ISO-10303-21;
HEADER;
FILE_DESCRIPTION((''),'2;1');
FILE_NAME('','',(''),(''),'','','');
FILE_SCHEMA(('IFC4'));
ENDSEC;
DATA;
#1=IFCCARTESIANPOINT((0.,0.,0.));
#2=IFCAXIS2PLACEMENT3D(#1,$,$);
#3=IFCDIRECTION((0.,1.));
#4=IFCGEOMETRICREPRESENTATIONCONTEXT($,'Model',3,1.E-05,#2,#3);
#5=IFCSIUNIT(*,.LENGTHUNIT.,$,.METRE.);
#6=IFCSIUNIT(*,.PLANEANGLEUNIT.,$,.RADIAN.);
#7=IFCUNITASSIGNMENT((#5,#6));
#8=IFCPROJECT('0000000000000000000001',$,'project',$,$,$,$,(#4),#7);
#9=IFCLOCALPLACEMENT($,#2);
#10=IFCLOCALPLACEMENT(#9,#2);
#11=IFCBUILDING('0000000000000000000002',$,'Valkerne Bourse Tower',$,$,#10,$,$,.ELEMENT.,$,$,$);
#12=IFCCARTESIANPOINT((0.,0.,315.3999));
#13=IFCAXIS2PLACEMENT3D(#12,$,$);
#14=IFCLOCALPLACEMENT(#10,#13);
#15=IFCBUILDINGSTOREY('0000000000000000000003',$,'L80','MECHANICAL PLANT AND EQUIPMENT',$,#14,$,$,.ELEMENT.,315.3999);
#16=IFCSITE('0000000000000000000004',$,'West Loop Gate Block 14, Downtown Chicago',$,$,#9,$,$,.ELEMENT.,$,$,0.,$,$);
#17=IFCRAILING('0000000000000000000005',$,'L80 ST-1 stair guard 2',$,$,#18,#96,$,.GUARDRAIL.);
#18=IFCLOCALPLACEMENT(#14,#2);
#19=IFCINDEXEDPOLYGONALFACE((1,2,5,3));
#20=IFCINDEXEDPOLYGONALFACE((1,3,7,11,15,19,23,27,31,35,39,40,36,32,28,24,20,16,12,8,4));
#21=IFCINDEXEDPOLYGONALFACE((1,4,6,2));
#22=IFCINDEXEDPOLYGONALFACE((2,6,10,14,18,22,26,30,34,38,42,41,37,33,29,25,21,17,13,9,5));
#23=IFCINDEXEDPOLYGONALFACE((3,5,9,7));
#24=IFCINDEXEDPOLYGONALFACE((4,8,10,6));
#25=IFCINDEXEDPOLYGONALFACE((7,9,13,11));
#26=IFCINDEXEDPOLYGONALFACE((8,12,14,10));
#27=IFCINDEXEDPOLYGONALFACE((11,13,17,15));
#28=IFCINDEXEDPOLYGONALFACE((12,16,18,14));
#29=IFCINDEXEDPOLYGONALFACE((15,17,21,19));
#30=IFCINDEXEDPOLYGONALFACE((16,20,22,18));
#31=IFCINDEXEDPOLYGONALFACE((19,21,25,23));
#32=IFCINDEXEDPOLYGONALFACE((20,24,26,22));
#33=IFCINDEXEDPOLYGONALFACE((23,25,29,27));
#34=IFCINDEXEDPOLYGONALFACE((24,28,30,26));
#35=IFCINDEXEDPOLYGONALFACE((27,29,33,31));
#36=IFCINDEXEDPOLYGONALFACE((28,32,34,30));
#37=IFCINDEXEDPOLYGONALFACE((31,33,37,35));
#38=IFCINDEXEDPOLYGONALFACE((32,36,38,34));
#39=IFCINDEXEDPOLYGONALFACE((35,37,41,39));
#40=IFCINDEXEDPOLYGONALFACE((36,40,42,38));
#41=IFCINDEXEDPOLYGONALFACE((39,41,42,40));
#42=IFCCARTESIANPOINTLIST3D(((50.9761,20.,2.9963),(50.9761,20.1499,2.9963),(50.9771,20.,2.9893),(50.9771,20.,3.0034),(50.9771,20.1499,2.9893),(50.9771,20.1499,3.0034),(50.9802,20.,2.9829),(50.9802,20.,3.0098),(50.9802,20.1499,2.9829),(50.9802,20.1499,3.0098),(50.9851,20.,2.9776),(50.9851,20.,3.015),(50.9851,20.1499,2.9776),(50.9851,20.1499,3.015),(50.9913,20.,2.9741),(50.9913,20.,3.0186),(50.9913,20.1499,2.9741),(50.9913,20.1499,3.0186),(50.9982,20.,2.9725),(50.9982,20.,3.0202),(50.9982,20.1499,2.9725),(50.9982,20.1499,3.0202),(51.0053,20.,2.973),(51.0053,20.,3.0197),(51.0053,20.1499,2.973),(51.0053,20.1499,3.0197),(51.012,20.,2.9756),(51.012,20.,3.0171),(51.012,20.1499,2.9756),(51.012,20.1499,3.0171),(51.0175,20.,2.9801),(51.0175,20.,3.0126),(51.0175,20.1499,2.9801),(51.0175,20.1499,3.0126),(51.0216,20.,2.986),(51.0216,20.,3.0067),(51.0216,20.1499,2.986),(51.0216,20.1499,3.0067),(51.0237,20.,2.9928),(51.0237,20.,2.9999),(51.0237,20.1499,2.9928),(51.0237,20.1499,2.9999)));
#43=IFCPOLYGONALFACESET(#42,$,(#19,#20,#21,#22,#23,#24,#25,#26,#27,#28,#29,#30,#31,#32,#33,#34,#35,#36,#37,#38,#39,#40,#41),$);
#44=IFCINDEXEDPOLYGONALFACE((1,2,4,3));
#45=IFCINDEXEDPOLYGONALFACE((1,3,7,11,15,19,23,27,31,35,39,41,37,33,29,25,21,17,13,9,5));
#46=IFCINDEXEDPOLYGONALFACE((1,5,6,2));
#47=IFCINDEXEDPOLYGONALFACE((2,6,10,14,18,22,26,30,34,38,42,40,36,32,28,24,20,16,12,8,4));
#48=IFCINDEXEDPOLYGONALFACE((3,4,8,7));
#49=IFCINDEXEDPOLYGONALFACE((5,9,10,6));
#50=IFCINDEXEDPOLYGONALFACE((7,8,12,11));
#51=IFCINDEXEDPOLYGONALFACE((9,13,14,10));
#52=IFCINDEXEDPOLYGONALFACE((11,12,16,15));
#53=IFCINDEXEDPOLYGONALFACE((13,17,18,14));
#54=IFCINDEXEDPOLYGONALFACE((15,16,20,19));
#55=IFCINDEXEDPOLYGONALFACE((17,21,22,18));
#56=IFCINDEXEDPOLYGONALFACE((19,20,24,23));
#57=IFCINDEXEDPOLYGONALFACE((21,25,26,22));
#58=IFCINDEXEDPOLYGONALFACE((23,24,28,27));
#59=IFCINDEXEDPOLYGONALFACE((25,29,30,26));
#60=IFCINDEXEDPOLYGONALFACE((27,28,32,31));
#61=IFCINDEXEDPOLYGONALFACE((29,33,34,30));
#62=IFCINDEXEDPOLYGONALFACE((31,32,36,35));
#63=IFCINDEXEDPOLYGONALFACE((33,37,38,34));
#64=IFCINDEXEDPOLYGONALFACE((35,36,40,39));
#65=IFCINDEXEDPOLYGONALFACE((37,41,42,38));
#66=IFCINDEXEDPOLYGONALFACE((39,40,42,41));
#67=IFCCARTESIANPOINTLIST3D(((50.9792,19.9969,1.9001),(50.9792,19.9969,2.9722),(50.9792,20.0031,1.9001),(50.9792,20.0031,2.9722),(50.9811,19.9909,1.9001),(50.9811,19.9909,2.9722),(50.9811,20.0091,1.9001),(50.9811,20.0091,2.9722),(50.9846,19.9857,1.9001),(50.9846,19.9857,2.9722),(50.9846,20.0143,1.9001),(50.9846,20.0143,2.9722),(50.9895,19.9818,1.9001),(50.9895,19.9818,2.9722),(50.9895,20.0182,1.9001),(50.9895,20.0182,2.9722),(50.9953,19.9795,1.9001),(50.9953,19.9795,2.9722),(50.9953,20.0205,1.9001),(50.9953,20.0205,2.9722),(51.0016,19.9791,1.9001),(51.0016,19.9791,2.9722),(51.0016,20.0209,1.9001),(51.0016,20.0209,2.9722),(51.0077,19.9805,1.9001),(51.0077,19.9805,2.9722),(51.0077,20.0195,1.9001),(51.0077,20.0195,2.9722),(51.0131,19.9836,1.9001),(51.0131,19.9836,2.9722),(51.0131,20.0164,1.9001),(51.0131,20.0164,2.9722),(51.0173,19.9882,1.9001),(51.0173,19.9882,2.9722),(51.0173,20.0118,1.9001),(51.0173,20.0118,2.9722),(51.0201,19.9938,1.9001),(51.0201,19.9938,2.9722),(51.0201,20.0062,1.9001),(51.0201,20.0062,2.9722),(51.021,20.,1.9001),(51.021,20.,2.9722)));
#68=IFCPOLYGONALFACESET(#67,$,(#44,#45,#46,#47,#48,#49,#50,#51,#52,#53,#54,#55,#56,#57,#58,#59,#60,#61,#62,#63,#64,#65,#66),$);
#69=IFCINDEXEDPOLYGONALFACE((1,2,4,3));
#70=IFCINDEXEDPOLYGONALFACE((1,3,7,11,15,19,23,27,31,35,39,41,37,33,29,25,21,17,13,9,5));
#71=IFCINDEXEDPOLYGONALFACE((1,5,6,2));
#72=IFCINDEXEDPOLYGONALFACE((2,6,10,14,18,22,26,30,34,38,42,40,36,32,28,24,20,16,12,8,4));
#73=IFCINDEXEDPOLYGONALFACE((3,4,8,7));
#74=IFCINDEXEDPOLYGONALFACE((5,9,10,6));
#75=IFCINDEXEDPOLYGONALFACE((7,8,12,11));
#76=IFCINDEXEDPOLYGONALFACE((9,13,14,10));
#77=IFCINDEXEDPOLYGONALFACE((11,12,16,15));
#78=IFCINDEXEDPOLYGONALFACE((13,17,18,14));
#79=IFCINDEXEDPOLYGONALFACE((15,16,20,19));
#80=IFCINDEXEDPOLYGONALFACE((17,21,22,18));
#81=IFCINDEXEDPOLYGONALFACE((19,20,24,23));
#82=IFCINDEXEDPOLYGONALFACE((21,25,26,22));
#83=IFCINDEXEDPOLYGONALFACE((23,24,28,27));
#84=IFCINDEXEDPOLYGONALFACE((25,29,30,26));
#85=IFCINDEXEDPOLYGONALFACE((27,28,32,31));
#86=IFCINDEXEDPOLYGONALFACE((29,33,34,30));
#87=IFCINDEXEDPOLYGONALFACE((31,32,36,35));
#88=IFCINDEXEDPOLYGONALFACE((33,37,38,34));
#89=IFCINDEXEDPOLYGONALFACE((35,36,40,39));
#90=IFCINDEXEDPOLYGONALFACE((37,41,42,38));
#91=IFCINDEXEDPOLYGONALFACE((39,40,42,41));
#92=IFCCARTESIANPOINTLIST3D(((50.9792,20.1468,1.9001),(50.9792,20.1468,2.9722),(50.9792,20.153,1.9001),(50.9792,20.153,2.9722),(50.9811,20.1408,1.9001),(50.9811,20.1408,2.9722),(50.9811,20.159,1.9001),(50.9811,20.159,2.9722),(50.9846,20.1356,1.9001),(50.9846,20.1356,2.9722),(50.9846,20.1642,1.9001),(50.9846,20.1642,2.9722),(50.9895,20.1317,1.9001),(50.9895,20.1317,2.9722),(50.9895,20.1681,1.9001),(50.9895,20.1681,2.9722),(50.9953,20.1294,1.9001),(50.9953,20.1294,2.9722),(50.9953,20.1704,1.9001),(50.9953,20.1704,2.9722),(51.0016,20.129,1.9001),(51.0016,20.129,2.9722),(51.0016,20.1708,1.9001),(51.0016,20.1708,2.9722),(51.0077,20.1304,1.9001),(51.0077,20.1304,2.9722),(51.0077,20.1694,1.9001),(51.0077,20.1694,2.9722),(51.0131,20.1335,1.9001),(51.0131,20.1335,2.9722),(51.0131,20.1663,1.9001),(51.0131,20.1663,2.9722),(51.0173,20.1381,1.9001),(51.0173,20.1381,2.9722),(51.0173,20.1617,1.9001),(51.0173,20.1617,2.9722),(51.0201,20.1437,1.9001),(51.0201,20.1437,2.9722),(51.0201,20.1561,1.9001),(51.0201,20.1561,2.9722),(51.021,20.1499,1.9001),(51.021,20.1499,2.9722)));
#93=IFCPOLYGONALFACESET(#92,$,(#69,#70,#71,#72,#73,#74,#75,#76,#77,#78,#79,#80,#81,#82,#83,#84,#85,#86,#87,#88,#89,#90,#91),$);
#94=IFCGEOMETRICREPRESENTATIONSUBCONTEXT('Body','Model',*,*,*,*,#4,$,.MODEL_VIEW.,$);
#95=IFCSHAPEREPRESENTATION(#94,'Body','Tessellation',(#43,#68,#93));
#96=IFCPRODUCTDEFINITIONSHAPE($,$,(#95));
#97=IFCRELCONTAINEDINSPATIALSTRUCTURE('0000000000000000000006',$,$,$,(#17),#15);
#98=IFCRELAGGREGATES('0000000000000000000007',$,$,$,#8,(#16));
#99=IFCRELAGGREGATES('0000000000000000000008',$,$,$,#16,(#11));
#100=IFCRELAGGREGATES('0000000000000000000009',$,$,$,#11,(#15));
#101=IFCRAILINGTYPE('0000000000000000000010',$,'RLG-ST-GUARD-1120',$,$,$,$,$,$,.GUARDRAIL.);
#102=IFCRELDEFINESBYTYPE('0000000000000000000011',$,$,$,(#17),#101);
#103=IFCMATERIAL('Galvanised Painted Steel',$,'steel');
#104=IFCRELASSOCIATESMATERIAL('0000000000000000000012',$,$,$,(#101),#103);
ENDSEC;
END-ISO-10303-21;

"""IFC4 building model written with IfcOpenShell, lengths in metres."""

from ifc_helpers import new_model, si_unit, direction, frame, origin, origin_2d, place, context, subcontext, project, spatial, circle, extrude, material, type_object, element, save


model = new_model("IFC4")

# Units and contexts
model_context = context("Model", 3, precision=1e-05, world=origin(), true_north=direction((0.0, 1.0)))
body_context = subcontext(model_context, "Body", "Model", "MODEL_VIEW")
ifc_project = project(units=[si_unit("LENGTHUNIT", "METRE"), si_unit("PLANEANGLEUNIT", "RADIAN")], contexts=[model_context])

# Site, building, storey
site_placement = place(None, origin())
site = spatial("IfcSite", under=ifc_project, at=site_placement, Name="West Loop Gate Block 14, Downtown Chicago", CompositionType="ELEMENT", RefElevation=0.0)
building_placement = place(site_placement, origin())
building = spatial("IfcBuilding", under=site, at=building_placement, Name="Valkerne Bourse Tower", CompositionType="ELEMENT")
storey_placement = place(building_placement, frame((0.0, 0.0, 315.3999)))
storey = spatial("IfcBuildingStorey", under=building, at=storey_placement, Name="L80", Description="MECHANICAL PLANT AND EQUIPMENT", CompositionType="ELEMENT", Elevation=315.3999)

# Railing
ifc_material_1 = material(Name="Galvanised Painted Steel", Category="steel")
railing_type_1 = type_object("IfcRailingType", Name="RLG-ST-GUARD-1120", PredefinedType="GUARDRAIL", material=ifc_material_1)
railing_1_placement = place(storey_placement, frame((51.0, 20.0, 1.9001)))
element("IfcRailing", 1, at=railing_1_placement, inside=storey, type_object=railing_type_1, Name="L80 ST-1 stair guard 2", PredefinedType="GUARDRAIL", context=body_context, shape_type="SweptSolid", body=[
    extrude(circle(Radius=0.0239, at=origin_2d()), frame((0.0, 0.0, 1.0962), z_axis=(0.0, 1.0, 0.0), x_axis=(-1.0, 0.0, 0.0)), (0.0, 0.0, 1.0), 0.1499),
    extrude(circle(Radius=0.021, at=origin_2d()), origin(), (0.0, 0.0, 1.0), 1.072),
    extrude(circle(Radius=0.021, at=origin_2d()), frame((0.0, 0.1499, 0.0)), (0.0, 0.0, 1.0), 1.072),
])

save(model, "model.ifc")
